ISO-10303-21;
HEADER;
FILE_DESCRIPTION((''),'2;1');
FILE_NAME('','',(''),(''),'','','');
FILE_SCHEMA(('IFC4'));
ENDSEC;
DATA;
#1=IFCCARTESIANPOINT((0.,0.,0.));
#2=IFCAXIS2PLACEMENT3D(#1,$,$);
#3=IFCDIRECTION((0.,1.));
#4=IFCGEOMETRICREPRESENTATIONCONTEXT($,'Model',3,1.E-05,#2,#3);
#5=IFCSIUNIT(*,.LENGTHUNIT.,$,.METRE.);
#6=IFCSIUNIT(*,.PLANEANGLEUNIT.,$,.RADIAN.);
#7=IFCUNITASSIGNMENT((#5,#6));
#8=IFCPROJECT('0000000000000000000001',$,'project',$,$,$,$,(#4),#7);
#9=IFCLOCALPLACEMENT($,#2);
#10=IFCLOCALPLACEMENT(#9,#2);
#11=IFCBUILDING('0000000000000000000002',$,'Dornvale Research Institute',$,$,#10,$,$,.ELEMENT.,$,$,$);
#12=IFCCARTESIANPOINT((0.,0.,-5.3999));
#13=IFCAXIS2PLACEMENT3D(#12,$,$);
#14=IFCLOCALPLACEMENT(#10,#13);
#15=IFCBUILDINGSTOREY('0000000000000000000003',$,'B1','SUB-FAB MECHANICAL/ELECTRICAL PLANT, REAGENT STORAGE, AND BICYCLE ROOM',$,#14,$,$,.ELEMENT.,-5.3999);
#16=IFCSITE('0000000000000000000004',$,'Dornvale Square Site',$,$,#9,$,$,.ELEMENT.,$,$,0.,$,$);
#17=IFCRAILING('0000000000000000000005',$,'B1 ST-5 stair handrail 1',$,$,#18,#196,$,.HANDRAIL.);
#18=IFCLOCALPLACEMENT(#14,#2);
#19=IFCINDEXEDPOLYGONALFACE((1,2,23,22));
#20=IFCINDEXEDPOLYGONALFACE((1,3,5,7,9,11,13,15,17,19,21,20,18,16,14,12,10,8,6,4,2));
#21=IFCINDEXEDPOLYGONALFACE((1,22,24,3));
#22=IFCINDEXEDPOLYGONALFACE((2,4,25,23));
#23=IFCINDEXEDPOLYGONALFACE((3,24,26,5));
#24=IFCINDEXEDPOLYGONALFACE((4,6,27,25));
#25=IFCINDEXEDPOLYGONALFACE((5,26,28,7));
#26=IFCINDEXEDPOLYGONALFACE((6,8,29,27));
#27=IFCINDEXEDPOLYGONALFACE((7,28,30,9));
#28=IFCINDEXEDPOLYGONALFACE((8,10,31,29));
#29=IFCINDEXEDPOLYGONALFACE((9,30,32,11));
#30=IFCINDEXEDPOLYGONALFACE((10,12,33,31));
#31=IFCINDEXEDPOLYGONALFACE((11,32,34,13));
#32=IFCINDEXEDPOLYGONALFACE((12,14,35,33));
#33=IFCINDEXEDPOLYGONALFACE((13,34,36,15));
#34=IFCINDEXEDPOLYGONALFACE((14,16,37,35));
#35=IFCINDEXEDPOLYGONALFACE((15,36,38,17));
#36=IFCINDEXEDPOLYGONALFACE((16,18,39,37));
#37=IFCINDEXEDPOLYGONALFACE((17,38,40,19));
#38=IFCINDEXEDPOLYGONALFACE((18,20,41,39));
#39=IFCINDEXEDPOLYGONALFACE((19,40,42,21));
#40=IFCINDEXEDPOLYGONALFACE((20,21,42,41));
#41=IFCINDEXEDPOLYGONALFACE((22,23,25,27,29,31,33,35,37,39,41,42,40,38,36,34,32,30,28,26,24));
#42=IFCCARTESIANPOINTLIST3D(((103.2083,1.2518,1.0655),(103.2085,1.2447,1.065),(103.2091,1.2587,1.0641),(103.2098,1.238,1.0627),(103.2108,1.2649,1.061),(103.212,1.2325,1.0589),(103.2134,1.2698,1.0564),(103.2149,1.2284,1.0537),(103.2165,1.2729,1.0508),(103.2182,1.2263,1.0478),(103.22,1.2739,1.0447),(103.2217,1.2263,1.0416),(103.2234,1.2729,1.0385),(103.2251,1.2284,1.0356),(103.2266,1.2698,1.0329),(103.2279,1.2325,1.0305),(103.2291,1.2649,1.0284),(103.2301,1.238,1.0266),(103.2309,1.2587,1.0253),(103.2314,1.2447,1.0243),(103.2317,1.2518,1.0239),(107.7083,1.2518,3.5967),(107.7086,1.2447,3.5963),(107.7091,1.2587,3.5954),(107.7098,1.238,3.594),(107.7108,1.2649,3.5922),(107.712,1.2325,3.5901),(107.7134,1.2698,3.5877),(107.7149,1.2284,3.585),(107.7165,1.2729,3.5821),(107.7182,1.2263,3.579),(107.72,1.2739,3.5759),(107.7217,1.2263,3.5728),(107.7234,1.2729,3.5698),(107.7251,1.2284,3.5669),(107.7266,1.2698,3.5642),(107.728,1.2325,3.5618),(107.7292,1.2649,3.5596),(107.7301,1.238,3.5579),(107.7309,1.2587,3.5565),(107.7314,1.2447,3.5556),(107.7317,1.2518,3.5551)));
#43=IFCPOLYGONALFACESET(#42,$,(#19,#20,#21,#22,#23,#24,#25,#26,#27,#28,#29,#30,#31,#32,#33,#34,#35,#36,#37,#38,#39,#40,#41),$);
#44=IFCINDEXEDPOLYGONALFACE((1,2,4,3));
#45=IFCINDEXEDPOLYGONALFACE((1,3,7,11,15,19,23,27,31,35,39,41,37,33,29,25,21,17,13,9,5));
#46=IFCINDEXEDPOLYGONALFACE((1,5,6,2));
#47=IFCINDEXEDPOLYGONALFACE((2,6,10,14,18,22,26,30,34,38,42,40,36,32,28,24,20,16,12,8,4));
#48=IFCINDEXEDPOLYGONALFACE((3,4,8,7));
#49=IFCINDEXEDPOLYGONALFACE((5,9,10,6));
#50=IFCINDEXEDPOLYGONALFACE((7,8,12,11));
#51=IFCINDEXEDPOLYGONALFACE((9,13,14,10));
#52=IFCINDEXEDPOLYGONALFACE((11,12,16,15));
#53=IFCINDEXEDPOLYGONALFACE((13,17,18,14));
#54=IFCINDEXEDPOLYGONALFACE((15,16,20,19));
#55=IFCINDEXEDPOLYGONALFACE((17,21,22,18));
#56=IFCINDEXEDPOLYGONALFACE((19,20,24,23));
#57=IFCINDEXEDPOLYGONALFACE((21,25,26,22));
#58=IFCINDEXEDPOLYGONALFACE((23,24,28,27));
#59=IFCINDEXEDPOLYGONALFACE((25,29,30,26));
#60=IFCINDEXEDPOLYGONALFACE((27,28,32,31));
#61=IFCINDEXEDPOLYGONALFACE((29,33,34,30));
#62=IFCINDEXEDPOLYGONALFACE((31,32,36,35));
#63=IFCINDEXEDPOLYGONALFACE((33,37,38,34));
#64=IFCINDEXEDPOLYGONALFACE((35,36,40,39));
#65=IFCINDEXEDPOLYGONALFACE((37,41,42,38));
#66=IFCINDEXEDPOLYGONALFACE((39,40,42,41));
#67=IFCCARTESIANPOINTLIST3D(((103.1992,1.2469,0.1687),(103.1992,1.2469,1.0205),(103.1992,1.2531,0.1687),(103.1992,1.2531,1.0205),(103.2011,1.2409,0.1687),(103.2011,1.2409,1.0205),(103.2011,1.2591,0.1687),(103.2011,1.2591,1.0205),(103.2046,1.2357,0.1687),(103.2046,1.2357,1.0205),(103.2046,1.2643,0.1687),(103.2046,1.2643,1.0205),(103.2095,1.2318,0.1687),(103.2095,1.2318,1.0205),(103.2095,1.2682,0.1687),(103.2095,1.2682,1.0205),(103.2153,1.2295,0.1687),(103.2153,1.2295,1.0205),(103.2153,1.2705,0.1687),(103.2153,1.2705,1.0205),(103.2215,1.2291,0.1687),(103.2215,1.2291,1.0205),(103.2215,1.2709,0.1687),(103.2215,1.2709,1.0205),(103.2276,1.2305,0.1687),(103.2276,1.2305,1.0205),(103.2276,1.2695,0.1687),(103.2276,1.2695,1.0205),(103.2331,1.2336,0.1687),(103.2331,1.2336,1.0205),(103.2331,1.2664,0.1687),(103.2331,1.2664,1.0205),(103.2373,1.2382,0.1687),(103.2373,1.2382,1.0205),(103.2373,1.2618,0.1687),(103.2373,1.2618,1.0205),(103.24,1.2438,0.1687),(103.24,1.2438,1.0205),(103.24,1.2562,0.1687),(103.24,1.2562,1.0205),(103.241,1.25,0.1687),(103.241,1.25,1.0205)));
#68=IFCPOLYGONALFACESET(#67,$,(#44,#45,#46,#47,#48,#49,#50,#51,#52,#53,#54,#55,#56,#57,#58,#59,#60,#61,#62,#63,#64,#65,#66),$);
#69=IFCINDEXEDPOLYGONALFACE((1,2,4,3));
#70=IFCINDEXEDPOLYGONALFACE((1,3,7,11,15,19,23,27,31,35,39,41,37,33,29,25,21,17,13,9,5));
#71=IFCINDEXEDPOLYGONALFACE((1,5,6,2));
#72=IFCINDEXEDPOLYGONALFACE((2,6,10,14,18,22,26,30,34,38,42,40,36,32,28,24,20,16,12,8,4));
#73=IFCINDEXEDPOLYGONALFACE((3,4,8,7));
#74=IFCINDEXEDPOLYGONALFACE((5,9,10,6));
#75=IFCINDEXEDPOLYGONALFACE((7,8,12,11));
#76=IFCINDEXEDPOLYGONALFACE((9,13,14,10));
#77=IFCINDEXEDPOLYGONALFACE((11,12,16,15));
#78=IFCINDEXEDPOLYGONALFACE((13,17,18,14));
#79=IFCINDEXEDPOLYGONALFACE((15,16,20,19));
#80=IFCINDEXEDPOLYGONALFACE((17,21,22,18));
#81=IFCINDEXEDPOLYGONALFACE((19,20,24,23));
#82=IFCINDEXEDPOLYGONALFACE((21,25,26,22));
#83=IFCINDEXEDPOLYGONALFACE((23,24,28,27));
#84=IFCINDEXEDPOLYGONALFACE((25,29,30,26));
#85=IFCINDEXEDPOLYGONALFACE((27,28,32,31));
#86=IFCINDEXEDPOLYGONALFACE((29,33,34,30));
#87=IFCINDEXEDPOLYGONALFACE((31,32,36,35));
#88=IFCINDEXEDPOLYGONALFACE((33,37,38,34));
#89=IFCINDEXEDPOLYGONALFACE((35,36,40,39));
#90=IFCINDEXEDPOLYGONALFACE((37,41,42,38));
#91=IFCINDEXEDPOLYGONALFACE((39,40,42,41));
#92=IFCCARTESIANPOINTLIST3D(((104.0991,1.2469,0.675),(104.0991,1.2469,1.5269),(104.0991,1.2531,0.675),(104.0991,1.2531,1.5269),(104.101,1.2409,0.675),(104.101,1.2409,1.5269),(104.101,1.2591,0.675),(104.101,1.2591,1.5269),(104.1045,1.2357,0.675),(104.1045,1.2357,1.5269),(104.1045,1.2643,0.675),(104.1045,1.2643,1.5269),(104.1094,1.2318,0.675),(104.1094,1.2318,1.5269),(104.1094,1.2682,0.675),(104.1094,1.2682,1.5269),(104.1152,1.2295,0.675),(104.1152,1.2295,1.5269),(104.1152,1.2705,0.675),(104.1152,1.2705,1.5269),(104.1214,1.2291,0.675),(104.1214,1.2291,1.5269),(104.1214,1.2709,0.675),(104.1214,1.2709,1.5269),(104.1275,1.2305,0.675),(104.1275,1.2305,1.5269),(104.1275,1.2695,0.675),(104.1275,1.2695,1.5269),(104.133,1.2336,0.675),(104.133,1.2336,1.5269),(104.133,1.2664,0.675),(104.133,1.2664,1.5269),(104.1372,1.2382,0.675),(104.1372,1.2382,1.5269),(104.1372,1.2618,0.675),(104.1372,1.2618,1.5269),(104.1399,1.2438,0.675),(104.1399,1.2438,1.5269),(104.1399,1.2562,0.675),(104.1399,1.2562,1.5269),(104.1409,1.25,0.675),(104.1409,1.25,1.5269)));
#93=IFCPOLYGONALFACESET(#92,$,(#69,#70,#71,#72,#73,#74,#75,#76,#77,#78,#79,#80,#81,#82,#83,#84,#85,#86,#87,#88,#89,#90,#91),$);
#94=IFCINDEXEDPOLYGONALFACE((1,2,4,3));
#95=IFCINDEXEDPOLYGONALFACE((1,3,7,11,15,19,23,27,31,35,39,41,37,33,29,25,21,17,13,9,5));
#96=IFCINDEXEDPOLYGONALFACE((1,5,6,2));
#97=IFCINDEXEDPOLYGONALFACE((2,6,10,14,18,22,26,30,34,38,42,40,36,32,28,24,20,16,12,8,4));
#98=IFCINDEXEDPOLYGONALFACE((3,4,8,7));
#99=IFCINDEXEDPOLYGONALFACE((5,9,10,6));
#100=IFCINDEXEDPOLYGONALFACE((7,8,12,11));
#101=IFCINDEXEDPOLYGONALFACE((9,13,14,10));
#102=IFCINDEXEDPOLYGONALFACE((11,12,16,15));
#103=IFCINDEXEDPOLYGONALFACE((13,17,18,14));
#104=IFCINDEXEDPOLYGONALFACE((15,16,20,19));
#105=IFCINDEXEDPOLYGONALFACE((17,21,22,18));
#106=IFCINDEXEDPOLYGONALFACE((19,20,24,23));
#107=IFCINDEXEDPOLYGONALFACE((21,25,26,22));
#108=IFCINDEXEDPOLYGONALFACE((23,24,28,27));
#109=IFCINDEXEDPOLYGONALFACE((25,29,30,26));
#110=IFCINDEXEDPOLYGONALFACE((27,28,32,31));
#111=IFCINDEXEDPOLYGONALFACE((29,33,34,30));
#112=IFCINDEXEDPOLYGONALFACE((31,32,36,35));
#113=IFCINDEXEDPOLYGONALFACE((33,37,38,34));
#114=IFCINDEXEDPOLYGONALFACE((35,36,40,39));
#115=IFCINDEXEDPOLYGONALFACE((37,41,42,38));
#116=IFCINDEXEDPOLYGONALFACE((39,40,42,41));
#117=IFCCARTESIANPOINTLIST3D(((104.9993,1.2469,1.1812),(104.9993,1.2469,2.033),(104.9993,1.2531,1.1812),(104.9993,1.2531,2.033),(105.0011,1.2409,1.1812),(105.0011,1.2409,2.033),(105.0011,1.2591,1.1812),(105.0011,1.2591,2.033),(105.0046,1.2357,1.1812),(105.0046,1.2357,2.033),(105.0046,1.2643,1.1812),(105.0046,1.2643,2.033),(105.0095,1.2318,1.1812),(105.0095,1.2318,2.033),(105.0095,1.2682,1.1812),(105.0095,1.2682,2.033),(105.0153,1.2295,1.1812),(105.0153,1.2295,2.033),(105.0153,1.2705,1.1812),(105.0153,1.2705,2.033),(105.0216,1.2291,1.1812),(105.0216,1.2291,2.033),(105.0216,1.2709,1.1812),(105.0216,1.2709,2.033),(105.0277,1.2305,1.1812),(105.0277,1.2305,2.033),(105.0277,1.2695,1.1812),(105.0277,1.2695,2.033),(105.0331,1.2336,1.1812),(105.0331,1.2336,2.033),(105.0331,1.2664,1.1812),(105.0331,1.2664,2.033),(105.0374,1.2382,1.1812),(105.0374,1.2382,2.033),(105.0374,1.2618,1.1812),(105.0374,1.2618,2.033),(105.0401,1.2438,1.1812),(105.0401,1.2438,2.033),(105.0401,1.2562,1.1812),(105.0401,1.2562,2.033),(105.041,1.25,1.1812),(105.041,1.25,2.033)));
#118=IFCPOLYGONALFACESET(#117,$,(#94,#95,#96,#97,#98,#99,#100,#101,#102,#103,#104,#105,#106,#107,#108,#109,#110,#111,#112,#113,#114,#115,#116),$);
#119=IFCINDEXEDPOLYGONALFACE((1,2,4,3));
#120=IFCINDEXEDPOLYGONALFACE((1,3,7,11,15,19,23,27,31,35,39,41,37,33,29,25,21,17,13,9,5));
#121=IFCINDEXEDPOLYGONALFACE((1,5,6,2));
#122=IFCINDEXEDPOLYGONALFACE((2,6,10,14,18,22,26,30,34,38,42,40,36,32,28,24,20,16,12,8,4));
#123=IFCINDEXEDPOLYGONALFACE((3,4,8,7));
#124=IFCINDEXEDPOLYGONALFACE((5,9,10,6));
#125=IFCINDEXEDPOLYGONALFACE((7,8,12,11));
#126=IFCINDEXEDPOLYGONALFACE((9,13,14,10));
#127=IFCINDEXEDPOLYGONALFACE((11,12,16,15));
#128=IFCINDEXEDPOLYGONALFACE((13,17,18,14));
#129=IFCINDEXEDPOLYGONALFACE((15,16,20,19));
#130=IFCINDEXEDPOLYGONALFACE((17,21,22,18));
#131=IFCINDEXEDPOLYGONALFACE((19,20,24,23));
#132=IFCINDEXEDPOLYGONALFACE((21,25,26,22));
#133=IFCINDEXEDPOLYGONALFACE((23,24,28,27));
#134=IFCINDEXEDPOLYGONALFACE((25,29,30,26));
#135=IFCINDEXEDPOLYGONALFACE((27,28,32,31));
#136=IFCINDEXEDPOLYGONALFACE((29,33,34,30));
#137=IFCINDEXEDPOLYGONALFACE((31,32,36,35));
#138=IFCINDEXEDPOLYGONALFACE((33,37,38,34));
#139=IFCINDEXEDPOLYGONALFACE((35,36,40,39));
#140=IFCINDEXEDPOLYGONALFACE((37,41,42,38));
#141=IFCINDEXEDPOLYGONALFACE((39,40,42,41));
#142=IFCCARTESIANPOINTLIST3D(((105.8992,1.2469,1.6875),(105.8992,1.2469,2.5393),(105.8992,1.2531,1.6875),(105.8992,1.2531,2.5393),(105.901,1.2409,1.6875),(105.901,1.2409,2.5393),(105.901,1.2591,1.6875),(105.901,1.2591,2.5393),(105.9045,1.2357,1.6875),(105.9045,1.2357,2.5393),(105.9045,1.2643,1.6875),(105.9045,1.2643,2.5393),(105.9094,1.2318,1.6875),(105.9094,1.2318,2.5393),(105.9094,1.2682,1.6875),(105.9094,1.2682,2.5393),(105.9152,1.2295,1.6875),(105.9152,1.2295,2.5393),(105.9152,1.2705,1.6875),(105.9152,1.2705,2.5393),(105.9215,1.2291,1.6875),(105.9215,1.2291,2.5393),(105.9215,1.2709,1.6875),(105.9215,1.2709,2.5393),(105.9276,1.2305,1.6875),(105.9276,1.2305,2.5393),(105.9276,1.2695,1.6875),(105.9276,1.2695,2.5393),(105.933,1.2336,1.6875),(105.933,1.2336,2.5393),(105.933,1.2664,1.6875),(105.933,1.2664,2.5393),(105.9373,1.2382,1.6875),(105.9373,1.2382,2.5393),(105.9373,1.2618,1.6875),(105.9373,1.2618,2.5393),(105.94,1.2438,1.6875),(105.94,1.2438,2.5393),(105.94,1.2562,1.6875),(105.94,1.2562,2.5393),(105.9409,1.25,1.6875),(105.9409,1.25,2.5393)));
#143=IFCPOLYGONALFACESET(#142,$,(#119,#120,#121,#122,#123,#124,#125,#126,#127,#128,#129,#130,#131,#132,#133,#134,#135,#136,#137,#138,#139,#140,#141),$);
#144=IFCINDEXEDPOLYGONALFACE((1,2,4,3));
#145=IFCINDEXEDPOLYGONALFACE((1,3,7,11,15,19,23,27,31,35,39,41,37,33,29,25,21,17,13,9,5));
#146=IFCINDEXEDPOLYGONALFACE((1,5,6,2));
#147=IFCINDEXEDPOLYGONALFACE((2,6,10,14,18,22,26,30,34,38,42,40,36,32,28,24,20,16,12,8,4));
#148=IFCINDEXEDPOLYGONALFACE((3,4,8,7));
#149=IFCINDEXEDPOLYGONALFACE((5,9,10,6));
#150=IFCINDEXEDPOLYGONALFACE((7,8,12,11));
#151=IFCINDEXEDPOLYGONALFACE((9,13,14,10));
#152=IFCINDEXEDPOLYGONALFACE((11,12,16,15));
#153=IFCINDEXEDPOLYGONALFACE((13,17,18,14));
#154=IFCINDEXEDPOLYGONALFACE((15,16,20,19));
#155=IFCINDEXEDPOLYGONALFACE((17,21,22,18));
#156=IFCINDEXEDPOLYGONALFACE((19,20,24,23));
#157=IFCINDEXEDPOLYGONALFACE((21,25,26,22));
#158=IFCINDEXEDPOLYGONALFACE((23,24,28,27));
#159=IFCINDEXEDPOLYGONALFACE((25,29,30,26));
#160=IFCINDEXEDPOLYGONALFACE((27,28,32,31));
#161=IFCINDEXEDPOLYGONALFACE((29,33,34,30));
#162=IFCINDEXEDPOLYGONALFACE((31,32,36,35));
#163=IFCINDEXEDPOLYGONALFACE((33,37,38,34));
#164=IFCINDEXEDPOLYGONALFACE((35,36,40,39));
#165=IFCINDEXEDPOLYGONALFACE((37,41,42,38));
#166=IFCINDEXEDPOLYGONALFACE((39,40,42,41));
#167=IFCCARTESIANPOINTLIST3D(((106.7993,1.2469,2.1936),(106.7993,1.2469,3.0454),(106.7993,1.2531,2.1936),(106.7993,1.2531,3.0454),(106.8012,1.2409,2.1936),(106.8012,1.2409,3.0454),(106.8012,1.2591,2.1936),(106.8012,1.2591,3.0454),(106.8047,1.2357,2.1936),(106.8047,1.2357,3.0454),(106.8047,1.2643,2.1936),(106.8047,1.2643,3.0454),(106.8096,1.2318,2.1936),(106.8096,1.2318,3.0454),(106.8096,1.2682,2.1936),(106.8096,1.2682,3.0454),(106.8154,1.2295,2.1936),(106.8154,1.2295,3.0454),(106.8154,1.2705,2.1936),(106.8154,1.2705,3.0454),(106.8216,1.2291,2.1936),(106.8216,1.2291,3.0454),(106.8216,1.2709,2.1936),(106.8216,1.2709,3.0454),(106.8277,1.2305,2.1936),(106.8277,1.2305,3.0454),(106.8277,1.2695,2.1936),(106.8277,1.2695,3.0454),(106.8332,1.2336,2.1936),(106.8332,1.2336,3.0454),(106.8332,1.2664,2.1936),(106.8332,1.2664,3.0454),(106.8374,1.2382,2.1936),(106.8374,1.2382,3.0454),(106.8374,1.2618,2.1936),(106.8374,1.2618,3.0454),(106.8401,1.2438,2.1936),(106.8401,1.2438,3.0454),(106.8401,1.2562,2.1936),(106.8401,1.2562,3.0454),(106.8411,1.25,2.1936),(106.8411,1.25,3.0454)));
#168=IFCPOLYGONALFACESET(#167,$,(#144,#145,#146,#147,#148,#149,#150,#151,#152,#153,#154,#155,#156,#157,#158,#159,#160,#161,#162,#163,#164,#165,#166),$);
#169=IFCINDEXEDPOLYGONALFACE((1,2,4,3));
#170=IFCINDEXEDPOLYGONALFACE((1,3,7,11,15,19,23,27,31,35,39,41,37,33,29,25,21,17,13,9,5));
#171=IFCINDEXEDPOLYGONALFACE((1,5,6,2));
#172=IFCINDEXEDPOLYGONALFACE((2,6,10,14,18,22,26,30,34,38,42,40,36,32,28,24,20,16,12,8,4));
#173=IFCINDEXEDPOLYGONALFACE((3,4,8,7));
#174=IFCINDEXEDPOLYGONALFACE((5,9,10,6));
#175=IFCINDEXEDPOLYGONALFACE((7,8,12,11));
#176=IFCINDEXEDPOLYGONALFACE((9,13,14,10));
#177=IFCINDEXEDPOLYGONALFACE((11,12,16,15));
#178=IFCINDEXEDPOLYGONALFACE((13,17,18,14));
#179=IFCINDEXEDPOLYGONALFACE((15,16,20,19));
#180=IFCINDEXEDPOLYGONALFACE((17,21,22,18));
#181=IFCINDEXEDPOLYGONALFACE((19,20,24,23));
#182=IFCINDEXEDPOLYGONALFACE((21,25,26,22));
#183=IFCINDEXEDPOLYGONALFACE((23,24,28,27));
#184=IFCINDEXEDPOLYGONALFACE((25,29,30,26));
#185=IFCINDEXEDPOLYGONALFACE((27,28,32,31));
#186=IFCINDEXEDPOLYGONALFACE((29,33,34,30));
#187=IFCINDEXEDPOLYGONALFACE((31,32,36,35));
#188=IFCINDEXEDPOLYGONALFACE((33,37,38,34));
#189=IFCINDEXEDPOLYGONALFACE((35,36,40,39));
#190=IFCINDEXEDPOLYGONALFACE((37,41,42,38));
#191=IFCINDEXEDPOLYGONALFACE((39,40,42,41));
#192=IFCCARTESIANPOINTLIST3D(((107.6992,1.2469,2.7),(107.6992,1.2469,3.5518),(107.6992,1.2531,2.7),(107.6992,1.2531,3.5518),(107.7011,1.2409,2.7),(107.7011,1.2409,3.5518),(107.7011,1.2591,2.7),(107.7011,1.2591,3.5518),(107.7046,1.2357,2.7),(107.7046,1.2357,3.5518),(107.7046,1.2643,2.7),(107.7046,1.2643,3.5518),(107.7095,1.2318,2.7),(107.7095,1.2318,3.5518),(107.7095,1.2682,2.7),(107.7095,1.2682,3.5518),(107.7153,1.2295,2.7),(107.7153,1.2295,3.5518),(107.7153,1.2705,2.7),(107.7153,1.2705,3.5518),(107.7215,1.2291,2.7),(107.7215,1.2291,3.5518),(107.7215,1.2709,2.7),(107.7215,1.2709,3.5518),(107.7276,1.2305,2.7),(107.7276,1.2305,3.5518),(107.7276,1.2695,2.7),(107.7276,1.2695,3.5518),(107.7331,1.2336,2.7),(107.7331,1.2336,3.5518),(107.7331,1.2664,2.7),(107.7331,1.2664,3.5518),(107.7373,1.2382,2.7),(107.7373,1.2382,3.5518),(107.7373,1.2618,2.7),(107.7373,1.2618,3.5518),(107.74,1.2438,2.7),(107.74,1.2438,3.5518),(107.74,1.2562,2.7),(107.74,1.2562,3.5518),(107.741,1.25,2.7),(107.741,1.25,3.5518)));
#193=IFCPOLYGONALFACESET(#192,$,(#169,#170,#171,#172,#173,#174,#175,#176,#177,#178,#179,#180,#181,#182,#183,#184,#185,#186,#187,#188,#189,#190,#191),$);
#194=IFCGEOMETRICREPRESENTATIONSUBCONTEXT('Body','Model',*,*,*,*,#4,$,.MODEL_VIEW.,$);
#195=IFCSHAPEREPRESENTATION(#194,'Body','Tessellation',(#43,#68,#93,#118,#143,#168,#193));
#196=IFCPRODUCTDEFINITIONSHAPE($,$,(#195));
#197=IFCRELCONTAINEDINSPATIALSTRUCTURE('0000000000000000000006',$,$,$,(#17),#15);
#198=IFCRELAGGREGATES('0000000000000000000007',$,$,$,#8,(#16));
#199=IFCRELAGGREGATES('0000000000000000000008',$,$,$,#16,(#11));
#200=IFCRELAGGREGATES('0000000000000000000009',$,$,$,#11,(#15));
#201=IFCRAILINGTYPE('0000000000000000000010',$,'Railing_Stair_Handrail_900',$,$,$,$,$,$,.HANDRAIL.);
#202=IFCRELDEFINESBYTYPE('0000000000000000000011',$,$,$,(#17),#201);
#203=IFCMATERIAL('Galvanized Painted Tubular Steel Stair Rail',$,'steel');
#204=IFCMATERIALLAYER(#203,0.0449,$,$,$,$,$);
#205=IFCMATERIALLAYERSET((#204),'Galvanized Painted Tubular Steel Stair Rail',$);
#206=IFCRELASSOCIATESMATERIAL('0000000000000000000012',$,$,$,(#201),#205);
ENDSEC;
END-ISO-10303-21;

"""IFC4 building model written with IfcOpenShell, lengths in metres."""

from ifc_helpers import new_model, si_unit, direction, frame, origin, origin_2d, place, context, subcontext, project, spatial, circle, extrude, material, layer, layer_set, type_object, element, save


model = new_model("IFC4")

# Units and contexts
model_context = context("Model", 3, precision=1e-05, world=origin(), true_north=direction((0.0, 1.0)))
body_context = subcontext(model_context, "Body", "Model", "MODEL_VIEW")
ifc_project = project(units=[si_unit("LENGTHUNIT", "METRE"), si_unit("PLANEANGLEUNIT", "RADIAN")], contexts=[model_context])

# Site, building, storey
site_placement = place(None, origin())
site = spatial("IfcSite", under=ifc_project, at=site_placement, Name="Dornvale Square Site", CompositionType="ELEMENT", RefElevation=0.0)
building_placement = place(site_placement, origin())
building = spatial("IfcBuilding", under=site, at=building_placement, Name="Dornvale Research Institute", CompositionType="ELEMENT")
storey_placement = place(building_placement, frame((0.0, 0.0, -5.3999)))
storey = spatial("IfcBuildingStorey", under=building, at=storey_placement, Name="B1", Description="SUB-FAB MECHANICAL/ELECTRICAL PLANT, REAGENT STORAGE, AND BICYCLE ROOM", CompositionType="ELEMENT", Elevation=-5.3999)

# Railing
ifc_material_1 = material(Name="Galvanized Painted Tubular Steel Stair Rail", Category="steel")
ifc_layer_1 = layer(ifc_material_1, 0.0449)
ifc_layer_set_1 = layer_set([ifc_layer_1], Name="Galvanized Painted Tubular Steel Stair Rail")
railing_type_1 = type_object("IfcRailingType", Name="Railing_Stair_Handrail_900", PredefinedType="HANDRAIL", material=ifc_layer_set_1)
railing_1_placement = place(storey_placement, frame((103.22, 1.25, 0.1687)))
element("IfcRailing", 1, at=railing_1_placement, inside=storey, type_object=railing_type_1, Name="B1 ST-5 stair handrail 1", PredefinedType="HANDRAIL", context=body_context, shape_type="SweptSolid", body=[
    extrude(circle(Radius=0.0239, at=origin_2d()), frame((0.0, 0.0, 0.876), z_axis=(0.871576, 0.0, 0.490261), x_axis=(0.0, 1.0, 0.0)), (0.0, 0.0, 1.0), 5.1631),
    extrude(circle(Radius=0.021, at=origin_2d()), origin(), (0.0, 0.0, 1.0), 0.8518),
    extrude(circle(Radius=0.021, at=origin_2d()), frame((0.8999, 0.0, 0.5063)), (0.0, 0.0, 1.0), 0.8518),
    extrude(circle(Radius=0.021, at=origin_2d()), frame((1.8, 0.0, 1.0125)), (0.0, 0.0, 1.0), 0.8518),
    extrude(circle(Radius=0.021, at=origin_2d()), frame((2.7, 0.0, 1.5188)), (0.0, 0.0, 1.0), 0.8518),
    extrude(circle(Radius=0.021, at=origin_2d()), frame((3.6001, 0.0, 2.0249)), (0.0, 0.0, 1.0), 0.8518),
    extrude(circle(Radius=0.021, at=origin_2d()), frame((4.5, 0.0, 2.5312)), (0.0, 0.0, 1.0), 0.8518),
])

save(model, "model.ifc")
